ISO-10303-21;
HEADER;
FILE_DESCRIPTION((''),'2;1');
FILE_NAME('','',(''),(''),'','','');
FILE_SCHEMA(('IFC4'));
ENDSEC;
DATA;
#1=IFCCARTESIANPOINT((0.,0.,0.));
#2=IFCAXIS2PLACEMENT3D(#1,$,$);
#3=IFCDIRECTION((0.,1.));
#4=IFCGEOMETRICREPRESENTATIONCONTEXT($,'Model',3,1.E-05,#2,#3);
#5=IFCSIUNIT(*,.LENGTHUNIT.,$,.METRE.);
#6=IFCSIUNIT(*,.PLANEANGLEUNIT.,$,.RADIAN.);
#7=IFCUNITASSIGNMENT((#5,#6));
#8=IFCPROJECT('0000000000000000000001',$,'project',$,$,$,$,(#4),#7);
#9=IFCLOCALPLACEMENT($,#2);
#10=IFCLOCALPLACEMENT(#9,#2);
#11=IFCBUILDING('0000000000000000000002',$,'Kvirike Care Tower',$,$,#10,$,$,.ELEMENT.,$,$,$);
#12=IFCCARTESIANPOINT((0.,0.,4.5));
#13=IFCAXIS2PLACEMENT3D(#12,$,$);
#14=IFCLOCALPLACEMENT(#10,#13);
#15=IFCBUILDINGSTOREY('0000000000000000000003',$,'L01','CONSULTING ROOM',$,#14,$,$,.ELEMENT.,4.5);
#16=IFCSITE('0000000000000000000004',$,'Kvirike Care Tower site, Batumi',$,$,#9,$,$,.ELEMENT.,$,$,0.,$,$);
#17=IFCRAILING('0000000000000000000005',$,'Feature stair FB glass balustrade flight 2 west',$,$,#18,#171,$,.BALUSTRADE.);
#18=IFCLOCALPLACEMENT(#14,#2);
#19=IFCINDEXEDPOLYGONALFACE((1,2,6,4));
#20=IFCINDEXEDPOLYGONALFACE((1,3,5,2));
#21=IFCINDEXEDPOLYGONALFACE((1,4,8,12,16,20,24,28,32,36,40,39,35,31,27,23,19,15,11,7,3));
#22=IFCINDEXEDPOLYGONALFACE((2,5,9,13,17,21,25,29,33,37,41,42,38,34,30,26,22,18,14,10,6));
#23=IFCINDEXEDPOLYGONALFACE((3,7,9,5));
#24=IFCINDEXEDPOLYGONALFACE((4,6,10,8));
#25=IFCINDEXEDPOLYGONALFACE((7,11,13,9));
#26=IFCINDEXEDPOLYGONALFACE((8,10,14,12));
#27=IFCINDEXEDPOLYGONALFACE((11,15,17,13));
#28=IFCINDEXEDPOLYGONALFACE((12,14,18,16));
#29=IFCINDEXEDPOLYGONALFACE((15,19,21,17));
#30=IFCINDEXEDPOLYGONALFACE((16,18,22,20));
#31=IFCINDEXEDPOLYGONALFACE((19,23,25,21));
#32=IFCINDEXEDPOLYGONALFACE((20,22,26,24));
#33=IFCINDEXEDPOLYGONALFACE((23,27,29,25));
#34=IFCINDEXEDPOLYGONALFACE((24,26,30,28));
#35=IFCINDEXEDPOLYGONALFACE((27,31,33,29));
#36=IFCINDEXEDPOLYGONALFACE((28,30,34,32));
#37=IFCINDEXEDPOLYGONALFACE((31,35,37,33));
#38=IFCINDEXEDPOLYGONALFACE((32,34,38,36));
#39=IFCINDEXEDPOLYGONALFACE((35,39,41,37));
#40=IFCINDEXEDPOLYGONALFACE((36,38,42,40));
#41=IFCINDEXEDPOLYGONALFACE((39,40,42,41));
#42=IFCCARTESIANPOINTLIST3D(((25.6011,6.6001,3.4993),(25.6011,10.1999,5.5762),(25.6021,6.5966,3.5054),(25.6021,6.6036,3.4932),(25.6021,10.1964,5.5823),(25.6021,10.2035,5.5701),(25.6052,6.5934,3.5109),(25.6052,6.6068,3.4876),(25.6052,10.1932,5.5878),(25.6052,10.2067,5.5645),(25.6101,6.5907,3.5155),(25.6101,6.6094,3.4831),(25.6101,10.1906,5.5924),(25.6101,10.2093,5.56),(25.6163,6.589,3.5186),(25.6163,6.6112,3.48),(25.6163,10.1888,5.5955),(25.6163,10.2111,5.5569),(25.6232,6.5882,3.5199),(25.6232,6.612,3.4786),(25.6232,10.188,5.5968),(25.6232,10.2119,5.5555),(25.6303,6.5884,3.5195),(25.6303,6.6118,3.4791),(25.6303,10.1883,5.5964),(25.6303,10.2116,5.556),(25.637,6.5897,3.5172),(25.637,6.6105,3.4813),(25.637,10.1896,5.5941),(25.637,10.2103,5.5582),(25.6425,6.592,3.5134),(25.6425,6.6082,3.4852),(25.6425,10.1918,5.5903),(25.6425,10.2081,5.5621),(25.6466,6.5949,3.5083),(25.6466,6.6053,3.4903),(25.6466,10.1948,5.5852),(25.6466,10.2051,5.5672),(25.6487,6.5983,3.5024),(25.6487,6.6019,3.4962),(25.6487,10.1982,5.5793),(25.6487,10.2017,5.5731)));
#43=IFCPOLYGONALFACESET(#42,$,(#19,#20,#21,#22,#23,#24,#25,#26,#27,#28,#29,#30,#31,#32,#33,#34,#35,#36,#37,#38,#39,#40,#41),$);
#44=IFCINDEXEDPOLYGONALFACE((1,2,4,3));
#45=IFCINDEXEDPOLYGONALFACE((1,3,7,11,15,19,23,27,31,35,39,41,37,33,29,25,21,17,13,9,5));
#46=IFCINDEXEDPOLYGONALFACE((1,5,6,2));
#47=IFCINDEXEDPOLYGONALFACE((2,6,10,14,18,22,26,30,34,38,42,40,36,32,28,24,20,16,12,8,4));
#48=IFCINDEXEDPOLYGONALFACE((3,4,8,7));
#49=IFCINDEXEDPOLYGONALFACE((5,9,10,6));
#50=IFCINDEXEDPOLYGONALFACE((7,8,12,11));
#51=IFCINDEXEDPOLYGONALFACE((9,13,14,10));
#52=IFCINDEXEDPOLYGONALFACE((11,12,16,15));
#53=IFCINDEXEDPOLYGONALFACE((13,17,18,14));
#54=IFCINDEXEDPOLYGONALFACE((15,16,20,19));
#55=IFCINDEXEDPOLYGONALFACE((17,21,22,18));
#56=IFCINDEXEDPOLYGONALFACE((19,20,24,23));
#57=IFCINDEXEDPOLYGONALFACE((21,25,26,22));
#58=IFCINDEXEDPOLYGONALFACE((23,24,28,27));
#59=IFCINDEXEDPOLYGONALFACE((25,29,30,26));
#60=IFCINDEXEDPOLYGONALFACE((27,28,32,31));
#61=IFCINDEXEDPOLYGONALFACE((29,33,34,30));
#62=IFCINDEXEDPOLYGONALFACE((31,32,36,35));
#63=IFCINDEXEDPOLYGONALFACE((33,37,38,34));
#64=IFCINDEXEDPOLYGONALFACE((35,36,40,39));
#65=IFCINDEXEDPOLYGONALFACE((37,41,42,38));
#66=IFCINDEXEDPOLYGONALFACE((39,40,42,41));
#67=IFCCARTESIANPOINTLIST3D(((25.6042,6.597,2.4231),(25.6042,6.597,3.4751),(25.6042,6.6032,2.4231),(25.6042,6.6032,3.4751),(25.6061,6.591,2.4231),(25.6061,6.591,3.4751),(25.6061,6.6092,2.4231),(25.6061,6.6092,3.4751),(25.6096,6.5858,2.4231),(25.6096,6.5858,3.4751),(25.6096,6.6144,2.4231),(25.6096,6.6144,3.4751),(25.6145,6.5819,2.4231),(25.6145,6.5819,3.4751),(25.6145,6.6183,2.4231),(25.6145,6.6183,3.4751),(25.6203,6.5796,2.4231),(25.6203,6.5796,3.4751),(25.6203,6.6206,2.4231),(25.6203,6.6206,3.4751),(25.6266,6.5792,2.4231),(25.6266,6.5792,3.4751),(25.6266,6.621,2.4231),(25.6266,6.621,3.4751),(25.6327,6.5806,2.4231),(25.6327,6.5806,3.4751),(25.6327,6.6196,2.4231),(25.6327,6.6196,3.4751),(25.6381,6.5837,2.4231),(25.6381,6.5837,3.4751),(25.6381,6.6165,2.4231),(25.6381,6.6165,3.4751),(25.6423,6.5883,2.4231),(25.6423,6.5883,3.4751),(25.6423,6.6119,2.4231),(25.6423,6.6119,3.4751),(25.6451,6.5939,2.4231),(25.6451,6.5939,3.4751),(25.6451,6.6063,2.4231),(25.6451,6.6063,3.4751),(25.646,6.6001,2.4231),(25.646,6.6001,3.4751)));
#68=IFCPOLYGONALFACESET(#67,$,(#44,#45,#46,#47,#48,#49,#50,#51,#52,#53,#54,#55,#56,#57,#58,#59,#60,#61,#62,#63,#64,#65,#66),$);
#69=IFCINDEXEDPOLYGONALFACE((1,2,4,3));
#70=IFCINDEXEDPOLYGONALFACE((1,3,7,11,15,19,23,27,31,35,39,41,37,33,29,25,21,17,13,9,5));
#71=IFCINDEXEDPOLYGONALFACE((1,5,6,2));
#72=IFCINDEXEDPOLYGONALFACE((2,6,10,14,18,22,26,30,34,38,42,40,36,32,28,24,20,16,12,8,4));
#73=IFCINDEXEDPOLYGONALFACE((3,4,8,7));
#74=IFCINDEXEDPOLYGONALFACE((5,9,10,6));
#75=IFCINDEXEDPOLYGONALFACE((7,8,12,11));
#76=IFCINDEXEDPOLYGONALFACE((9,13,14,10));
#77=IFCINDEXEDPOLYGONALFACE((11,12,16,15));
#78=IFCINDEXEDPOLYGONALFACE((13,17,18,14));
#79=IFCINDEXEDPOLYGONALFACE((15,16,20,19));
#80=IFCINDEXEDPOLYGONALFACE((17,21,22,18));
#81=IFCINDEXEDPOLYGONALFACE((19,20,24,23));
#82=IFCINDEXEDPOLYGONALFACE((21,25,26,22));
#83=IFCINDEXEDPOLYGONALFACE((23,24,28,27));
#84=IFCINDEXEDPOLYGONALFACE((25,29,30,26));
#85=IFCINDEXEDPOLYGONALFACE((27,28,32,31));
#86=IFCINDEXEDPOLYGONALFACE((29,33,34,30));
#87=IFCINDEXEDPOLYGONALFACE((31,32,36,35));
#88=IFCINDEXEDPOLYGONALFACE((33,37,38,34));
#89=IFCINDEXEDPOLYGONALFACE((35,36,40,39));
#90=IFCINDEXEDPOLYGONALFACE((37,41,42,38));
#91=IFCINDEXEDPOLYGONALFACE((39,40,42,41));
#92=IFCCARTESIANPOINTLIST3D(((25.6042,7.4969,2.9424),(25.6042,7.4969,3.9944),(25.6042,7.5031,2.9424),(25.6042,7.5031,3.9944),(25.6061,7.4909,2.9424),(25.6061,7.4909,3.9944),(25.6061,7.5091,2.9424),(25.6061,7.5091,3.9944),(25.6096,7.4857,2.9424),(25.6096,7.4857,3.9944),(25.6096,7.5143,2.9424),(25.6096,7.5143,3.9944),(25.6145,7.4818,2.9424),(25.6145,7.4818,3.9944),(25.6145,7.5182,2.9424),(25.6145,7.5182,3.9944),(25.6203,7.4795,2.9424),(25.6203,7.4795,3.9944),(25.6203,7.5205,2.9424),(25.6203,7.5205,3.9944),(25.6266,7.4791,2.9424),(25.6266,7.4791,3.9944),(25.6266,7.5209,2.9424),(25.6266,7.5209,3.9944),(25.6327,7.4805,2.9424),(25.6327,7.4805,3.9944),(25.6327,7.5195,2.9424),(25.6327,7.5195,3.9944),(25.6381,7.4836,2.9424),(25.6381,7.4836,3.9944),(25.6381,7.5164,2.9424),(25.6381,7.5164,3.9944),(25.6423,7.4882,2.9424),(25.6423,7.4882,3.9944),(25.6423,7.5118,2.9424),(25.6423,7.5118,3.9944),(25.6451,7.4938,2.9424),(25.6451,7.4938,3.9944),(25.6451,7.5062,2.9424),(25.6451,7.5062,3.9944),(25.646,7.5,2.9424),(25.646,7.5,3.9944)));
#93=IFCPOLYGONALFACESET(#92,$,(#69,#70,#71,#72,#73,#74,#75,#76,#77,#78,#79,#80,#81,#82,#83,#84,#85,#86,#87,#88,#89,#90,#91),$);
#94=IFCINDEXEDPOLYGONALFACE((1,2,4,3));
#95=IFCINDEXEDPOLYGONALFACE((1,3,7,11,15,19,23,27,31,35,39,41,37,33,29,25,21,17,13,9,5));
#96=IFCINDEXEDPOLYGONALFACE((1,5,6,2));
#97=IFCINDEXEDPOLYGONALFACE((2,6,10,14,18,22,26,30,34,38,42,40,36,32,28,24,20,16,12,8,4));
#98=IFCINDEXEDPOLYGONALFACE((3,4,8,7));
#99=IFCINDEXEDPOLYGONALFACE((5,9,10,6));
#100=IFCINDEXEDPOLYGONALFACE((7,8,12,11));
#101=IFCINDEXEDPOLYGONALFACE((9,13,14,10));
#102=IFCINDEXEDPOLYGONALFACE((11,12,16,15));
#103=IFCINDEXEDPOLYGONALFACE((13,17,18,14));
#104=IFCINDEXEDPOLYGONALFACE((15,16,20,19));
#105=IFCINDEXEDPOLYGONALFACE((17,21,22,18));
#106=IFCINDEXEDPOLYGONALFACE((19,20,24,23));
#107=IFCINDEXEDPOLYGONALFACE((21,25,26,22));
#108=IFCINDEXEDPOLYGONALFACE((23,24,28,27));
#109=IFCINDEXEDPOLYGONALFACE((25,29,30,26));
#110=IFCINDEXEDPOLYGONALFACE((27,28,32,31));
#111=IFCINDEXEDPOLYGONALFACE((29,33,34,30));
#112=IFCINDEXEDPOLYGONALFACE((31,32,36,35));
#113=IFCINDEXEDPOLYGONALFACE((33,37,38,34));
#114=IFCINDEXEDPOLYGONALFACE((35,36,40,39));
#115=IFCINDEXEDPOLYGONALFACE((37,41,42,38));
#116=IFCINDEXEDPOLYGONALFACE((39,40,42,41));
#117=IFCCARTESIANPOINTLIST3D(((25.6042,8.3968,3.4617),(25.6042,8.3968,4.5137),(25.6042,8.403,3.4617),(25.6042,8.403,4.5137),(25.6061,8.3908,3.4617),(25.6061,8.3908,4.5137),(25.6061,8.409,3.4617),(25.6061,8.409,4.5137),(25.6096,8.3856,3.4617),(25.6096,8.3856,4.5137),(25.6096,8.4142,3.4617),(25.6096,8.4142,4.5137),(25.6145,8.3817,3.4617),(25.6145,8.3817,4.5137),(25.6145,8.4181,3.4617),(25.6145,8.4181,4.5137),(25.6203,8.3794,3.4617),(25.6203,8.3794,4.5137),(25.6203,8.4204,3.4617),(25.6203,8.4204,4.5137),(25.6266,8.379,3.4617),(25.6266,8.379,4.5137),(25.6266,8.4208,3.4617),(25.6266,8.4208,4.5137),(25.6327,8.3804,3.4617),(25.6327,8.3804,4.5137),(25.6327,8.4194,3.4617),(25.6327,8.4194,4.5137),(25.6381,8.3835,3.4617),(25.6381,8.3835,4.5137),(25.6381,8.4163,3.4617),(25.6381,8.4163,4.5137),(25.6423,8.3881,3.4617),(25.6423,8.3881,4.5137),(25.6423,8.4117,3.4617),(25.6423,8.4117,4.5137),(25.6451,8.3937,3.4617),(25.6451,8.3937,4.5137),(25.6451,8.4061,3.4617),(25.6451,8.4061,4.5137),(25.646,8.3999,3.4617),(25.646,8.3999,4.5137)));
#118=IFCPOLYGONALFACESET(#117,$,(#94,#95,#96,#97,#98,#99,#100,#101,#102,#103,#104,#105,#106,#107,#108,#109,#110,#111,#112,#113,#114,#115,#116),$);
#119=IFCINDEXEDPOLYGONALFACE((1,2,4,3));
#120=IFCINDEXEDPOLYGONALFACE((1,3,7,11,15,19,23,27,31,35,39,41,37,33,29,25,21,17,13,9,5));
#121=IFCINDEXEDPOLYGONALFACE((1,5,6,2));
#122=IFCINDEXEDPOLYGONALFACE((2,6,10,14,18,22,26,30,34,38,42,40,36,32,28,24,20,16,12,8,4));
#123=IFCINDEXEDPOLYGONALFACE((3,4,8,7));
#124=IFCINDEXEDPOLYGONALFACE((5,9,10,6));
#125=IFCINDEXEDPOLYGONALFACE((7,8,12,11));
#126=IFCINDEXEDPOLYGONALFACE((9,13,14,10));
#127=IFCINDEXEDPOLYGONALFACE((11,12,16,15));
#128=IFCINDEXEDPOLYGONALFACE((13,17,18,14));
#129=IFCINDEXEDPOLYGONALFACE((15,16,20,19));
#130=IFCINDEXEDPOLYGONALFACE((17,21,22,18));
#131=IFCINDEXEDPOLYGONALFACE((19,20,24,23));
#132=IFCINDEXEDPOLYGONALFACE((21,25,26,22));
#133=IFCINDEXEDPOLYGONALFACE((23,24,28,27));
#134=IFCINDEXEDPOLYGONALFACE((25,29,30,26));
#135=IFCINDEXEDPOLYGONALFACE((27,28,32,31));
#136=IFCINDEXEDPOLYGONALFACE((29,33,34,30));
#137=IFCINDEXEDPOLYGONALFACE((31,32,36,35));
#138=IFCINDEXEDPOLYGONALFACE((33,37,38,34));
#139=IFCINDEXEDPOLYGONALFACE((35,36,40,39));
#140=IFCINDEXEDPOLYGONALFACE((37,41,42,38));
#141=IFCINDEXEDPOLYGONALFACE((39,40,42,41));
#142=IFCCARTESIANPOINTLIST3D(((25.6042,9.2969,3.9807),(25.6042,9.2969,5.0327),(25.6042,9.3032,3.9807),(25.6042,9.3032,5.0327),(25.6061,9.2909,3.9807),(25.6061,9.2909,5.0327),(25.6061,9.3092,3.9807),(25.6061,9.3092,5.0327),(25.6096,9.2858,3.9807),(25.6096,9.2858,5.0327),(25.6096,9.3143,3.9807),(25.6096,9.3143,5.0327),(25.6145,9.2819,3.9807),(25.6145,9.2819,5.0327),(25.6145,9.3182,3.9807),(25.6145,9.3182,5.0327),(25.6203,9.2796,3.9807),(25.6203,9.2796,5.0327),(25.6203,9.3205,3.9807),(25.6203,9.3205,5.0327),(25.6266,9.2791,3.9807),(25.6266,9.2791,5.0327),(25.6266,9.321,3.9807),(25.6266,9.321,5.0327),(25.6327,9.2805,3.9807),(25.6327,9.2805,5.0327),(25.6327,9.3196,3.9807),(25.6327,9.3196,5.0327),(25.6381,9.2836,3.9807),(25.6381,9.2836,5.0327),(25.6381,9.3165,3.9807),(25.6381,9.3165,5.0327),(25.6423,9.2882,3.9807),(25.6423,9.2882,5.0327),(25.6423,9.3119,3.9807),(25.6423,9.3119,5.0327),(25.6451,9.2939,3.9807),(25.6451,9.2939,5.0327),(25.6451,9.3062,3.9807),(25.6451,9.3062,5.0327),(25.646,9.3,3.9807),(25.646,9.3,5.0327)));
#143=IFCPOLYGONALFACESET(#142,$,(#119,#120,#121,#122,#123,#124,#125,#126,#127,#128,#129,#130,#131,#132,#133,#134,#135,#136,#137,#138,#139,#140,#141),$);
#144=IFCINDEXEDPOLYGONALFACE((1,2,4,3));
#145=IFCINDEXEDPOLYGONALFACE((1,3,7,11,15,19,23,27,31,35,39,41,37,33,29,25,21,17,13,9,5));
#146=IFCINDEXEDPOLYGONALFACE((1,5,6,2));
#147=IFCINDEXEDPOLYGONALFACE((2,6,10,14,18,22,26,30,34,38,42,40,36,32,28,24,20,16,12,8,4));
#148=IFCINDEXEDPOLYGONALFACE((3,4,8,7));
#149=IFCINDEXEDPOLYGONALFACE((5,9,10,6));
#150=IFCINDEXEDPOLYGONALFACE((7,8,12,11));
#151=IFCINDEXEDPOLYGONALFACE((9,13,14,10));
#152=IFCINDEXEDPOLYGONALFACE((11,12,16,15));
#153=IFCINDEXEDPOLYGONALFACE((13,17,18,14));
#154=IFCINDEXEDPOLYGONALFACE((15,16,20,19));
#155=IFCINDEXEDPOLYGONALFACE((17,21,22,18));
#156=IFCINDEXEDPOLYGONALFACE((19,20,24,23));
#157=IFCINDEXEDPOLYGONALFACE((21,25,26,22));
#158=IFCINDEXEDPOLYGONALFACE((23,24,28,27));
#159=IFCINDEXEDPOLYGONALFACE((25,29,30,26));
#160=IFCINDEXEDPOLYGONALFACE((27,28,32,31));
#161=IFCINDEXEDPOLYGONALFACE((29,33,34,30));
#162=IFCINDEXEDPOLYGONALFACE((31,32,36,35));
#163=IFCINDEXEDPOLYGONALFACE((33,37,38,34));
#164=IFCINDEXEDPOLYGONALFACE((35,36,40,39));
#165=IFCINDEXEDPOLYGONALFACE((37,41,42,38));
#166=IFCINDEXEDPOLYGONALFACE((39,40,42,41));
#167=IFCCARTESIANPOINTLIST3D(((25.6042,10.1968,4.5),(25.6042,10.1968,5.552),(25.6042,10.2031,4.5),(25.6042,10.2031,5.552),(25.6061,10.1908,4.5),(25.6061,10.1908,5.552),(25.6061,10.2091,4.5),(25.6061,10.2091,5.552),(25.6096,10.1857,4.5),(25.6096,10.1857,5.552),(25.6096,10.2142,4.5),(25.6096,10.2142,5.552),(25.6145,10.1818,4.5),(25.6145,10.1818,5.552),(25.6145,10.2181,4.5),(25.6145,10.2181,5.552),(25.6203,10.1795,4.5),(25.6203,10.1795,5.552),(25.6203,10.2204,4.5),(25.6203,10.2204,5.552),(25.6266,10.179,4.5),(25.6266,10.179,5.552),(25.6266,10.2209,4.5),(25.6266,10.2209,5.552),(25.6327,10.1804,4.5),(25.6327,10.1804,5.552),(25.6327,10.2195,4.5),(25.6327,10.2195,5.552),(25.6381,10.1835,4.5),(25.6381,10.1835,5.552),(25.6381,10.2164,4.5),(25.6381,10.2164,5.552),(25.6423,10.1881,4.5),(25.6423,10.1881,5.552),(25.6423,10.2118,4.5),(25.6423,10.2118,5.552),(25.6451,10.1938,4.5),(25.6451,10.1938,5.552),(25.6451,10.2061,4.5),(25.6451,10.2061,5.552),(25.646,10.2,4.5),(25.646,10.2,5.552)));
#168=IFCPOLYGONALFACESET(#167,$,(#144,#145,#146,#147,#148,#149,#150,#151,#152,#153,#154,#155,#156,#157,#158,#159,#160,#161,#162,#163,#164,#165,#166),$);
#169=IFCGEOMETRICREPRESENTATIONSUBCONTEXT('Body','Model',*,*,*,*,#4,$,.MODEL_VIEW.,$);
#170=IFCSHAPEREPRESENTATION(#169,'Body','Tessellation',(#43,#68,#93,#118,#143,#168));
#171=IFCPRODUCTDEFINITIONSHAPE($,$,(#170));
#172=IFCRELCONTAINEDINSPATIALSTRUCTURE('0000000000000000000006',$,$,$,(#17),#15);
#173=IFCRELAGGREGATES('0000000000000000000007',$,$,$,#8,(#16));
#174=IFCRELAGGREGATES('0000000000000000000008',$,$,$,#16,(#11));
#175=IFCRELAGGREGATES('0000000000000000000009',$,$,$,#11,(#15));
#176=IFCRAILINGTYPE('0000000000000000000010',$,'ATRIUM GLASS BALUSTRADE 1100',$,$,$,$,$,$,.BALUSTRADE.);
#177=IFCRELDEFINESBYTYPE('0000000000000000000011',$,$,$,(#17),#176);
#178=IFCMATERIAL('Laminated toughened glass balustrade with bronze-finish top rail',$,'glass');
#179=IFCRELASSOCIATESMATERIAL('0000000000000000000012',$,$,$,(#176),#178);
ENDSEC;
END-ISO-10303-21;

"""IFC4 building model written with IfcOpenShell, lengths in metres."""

from ifc_helpers import new_model, si_unit, direction, frame, origin, origin_2d, place, context, subcontext, project, spatial, circle, extrude, material, type_object, element, save


model = new_model("IFC4")

# Units and contexts
model_context = context("Model", 3, precision=1e-05, world=origin(), true_north=direction((0.0, 1.0)))
body_context = subcontext(model_context, "Body", "Model", "MODEL_VIEW")
ifc_project = project(units=[si_unit("LENGTHUNIT", "METRE"), si_unit("PLANEANGLEUNIT", "RADIAN")], contexts=[model_context])

# Site, building, storey
site_placement = place(None, origin())
site = spatial("IfcSite", under=ifc_project, at=site_placement, Name="Kvirike Care Tower site, Batumi", CompositionType="ELEMENT", RefElevation=0.0)
building_placement = place(site_placement, origin())
building = spatial("IfcBuilding", under=site, at=building_placement, Name="Kvirike Care Tower", CompositionType="ELEMENT")
storey_placement = place(building_placement, frame((0.0, 0.0, 4.5)))
storey = spatial("IfcBuildingStorey", under=building, at=storey_placement, Name="L01", Description="CONSULTING ROOM", CompositionType="ELEMENT", Elevation=4.5)

# Railing
ifc_material_1 = material(Name="Laminated toughened glass balustrade with bronze-finish top rail", Category="glass")
railing_type_1 = type_object("IfcRailingType", Name="ATRIUM GLASS BALUSTRADE 1100", PredefinedType="BALUSTRADE", material=ifc_material_1)
railing_1_placement = place(storey_placement, frame((25.625, 6.6001, 2.4231)))
element("IfcRailing", 1, at=railing_1_placement, inside=storey, type_object=railing_type_1, Name="Feature stair FB glass balustrade flight 2 west", PredefinedType="BALUSTRADE", context=body_context, shape_type="SweptSolid", body=[
    extrude(circle(Radius=0.0239, at=origin_2d()), frame((0.0, 0.0, 1.0762), z_axis=(0.0, 0.866179, 0.499734), x_axis=(-1.0, 0.0, 0.0)), (0.0, 0.0, 1.0), 4.156),
    extrude(circle(Radius=0.021, at=origin_2d()), origin(), (0.0, 0.0, 1.0), 1.052),
    extrude(circle(Radius=0.021, at=origin_2d()), frame((0.0, 0.8999, 0.5193)), (0.0, 0.0, 1.0), 1.052),
    extrude(circle(Radius=0.021, at=origin_2d()), frame((0.0, 1.7998, 1.0386)), (0.0, 0.0, 1.0), 1.052),
    extrude(circle(Radius=0.021, at=origin_2d()), frame((0.0, 2.7, 1.5576)), (0.0, 0.0, 1.0), 1.052),
    extrude(circle(Radius=0.021, at=origin_2d()), frame((0.0, 3.5999, 2.0769)), (0.0, 0.0, 1.0), 1.052),
])

save(model, "model.ifc")
